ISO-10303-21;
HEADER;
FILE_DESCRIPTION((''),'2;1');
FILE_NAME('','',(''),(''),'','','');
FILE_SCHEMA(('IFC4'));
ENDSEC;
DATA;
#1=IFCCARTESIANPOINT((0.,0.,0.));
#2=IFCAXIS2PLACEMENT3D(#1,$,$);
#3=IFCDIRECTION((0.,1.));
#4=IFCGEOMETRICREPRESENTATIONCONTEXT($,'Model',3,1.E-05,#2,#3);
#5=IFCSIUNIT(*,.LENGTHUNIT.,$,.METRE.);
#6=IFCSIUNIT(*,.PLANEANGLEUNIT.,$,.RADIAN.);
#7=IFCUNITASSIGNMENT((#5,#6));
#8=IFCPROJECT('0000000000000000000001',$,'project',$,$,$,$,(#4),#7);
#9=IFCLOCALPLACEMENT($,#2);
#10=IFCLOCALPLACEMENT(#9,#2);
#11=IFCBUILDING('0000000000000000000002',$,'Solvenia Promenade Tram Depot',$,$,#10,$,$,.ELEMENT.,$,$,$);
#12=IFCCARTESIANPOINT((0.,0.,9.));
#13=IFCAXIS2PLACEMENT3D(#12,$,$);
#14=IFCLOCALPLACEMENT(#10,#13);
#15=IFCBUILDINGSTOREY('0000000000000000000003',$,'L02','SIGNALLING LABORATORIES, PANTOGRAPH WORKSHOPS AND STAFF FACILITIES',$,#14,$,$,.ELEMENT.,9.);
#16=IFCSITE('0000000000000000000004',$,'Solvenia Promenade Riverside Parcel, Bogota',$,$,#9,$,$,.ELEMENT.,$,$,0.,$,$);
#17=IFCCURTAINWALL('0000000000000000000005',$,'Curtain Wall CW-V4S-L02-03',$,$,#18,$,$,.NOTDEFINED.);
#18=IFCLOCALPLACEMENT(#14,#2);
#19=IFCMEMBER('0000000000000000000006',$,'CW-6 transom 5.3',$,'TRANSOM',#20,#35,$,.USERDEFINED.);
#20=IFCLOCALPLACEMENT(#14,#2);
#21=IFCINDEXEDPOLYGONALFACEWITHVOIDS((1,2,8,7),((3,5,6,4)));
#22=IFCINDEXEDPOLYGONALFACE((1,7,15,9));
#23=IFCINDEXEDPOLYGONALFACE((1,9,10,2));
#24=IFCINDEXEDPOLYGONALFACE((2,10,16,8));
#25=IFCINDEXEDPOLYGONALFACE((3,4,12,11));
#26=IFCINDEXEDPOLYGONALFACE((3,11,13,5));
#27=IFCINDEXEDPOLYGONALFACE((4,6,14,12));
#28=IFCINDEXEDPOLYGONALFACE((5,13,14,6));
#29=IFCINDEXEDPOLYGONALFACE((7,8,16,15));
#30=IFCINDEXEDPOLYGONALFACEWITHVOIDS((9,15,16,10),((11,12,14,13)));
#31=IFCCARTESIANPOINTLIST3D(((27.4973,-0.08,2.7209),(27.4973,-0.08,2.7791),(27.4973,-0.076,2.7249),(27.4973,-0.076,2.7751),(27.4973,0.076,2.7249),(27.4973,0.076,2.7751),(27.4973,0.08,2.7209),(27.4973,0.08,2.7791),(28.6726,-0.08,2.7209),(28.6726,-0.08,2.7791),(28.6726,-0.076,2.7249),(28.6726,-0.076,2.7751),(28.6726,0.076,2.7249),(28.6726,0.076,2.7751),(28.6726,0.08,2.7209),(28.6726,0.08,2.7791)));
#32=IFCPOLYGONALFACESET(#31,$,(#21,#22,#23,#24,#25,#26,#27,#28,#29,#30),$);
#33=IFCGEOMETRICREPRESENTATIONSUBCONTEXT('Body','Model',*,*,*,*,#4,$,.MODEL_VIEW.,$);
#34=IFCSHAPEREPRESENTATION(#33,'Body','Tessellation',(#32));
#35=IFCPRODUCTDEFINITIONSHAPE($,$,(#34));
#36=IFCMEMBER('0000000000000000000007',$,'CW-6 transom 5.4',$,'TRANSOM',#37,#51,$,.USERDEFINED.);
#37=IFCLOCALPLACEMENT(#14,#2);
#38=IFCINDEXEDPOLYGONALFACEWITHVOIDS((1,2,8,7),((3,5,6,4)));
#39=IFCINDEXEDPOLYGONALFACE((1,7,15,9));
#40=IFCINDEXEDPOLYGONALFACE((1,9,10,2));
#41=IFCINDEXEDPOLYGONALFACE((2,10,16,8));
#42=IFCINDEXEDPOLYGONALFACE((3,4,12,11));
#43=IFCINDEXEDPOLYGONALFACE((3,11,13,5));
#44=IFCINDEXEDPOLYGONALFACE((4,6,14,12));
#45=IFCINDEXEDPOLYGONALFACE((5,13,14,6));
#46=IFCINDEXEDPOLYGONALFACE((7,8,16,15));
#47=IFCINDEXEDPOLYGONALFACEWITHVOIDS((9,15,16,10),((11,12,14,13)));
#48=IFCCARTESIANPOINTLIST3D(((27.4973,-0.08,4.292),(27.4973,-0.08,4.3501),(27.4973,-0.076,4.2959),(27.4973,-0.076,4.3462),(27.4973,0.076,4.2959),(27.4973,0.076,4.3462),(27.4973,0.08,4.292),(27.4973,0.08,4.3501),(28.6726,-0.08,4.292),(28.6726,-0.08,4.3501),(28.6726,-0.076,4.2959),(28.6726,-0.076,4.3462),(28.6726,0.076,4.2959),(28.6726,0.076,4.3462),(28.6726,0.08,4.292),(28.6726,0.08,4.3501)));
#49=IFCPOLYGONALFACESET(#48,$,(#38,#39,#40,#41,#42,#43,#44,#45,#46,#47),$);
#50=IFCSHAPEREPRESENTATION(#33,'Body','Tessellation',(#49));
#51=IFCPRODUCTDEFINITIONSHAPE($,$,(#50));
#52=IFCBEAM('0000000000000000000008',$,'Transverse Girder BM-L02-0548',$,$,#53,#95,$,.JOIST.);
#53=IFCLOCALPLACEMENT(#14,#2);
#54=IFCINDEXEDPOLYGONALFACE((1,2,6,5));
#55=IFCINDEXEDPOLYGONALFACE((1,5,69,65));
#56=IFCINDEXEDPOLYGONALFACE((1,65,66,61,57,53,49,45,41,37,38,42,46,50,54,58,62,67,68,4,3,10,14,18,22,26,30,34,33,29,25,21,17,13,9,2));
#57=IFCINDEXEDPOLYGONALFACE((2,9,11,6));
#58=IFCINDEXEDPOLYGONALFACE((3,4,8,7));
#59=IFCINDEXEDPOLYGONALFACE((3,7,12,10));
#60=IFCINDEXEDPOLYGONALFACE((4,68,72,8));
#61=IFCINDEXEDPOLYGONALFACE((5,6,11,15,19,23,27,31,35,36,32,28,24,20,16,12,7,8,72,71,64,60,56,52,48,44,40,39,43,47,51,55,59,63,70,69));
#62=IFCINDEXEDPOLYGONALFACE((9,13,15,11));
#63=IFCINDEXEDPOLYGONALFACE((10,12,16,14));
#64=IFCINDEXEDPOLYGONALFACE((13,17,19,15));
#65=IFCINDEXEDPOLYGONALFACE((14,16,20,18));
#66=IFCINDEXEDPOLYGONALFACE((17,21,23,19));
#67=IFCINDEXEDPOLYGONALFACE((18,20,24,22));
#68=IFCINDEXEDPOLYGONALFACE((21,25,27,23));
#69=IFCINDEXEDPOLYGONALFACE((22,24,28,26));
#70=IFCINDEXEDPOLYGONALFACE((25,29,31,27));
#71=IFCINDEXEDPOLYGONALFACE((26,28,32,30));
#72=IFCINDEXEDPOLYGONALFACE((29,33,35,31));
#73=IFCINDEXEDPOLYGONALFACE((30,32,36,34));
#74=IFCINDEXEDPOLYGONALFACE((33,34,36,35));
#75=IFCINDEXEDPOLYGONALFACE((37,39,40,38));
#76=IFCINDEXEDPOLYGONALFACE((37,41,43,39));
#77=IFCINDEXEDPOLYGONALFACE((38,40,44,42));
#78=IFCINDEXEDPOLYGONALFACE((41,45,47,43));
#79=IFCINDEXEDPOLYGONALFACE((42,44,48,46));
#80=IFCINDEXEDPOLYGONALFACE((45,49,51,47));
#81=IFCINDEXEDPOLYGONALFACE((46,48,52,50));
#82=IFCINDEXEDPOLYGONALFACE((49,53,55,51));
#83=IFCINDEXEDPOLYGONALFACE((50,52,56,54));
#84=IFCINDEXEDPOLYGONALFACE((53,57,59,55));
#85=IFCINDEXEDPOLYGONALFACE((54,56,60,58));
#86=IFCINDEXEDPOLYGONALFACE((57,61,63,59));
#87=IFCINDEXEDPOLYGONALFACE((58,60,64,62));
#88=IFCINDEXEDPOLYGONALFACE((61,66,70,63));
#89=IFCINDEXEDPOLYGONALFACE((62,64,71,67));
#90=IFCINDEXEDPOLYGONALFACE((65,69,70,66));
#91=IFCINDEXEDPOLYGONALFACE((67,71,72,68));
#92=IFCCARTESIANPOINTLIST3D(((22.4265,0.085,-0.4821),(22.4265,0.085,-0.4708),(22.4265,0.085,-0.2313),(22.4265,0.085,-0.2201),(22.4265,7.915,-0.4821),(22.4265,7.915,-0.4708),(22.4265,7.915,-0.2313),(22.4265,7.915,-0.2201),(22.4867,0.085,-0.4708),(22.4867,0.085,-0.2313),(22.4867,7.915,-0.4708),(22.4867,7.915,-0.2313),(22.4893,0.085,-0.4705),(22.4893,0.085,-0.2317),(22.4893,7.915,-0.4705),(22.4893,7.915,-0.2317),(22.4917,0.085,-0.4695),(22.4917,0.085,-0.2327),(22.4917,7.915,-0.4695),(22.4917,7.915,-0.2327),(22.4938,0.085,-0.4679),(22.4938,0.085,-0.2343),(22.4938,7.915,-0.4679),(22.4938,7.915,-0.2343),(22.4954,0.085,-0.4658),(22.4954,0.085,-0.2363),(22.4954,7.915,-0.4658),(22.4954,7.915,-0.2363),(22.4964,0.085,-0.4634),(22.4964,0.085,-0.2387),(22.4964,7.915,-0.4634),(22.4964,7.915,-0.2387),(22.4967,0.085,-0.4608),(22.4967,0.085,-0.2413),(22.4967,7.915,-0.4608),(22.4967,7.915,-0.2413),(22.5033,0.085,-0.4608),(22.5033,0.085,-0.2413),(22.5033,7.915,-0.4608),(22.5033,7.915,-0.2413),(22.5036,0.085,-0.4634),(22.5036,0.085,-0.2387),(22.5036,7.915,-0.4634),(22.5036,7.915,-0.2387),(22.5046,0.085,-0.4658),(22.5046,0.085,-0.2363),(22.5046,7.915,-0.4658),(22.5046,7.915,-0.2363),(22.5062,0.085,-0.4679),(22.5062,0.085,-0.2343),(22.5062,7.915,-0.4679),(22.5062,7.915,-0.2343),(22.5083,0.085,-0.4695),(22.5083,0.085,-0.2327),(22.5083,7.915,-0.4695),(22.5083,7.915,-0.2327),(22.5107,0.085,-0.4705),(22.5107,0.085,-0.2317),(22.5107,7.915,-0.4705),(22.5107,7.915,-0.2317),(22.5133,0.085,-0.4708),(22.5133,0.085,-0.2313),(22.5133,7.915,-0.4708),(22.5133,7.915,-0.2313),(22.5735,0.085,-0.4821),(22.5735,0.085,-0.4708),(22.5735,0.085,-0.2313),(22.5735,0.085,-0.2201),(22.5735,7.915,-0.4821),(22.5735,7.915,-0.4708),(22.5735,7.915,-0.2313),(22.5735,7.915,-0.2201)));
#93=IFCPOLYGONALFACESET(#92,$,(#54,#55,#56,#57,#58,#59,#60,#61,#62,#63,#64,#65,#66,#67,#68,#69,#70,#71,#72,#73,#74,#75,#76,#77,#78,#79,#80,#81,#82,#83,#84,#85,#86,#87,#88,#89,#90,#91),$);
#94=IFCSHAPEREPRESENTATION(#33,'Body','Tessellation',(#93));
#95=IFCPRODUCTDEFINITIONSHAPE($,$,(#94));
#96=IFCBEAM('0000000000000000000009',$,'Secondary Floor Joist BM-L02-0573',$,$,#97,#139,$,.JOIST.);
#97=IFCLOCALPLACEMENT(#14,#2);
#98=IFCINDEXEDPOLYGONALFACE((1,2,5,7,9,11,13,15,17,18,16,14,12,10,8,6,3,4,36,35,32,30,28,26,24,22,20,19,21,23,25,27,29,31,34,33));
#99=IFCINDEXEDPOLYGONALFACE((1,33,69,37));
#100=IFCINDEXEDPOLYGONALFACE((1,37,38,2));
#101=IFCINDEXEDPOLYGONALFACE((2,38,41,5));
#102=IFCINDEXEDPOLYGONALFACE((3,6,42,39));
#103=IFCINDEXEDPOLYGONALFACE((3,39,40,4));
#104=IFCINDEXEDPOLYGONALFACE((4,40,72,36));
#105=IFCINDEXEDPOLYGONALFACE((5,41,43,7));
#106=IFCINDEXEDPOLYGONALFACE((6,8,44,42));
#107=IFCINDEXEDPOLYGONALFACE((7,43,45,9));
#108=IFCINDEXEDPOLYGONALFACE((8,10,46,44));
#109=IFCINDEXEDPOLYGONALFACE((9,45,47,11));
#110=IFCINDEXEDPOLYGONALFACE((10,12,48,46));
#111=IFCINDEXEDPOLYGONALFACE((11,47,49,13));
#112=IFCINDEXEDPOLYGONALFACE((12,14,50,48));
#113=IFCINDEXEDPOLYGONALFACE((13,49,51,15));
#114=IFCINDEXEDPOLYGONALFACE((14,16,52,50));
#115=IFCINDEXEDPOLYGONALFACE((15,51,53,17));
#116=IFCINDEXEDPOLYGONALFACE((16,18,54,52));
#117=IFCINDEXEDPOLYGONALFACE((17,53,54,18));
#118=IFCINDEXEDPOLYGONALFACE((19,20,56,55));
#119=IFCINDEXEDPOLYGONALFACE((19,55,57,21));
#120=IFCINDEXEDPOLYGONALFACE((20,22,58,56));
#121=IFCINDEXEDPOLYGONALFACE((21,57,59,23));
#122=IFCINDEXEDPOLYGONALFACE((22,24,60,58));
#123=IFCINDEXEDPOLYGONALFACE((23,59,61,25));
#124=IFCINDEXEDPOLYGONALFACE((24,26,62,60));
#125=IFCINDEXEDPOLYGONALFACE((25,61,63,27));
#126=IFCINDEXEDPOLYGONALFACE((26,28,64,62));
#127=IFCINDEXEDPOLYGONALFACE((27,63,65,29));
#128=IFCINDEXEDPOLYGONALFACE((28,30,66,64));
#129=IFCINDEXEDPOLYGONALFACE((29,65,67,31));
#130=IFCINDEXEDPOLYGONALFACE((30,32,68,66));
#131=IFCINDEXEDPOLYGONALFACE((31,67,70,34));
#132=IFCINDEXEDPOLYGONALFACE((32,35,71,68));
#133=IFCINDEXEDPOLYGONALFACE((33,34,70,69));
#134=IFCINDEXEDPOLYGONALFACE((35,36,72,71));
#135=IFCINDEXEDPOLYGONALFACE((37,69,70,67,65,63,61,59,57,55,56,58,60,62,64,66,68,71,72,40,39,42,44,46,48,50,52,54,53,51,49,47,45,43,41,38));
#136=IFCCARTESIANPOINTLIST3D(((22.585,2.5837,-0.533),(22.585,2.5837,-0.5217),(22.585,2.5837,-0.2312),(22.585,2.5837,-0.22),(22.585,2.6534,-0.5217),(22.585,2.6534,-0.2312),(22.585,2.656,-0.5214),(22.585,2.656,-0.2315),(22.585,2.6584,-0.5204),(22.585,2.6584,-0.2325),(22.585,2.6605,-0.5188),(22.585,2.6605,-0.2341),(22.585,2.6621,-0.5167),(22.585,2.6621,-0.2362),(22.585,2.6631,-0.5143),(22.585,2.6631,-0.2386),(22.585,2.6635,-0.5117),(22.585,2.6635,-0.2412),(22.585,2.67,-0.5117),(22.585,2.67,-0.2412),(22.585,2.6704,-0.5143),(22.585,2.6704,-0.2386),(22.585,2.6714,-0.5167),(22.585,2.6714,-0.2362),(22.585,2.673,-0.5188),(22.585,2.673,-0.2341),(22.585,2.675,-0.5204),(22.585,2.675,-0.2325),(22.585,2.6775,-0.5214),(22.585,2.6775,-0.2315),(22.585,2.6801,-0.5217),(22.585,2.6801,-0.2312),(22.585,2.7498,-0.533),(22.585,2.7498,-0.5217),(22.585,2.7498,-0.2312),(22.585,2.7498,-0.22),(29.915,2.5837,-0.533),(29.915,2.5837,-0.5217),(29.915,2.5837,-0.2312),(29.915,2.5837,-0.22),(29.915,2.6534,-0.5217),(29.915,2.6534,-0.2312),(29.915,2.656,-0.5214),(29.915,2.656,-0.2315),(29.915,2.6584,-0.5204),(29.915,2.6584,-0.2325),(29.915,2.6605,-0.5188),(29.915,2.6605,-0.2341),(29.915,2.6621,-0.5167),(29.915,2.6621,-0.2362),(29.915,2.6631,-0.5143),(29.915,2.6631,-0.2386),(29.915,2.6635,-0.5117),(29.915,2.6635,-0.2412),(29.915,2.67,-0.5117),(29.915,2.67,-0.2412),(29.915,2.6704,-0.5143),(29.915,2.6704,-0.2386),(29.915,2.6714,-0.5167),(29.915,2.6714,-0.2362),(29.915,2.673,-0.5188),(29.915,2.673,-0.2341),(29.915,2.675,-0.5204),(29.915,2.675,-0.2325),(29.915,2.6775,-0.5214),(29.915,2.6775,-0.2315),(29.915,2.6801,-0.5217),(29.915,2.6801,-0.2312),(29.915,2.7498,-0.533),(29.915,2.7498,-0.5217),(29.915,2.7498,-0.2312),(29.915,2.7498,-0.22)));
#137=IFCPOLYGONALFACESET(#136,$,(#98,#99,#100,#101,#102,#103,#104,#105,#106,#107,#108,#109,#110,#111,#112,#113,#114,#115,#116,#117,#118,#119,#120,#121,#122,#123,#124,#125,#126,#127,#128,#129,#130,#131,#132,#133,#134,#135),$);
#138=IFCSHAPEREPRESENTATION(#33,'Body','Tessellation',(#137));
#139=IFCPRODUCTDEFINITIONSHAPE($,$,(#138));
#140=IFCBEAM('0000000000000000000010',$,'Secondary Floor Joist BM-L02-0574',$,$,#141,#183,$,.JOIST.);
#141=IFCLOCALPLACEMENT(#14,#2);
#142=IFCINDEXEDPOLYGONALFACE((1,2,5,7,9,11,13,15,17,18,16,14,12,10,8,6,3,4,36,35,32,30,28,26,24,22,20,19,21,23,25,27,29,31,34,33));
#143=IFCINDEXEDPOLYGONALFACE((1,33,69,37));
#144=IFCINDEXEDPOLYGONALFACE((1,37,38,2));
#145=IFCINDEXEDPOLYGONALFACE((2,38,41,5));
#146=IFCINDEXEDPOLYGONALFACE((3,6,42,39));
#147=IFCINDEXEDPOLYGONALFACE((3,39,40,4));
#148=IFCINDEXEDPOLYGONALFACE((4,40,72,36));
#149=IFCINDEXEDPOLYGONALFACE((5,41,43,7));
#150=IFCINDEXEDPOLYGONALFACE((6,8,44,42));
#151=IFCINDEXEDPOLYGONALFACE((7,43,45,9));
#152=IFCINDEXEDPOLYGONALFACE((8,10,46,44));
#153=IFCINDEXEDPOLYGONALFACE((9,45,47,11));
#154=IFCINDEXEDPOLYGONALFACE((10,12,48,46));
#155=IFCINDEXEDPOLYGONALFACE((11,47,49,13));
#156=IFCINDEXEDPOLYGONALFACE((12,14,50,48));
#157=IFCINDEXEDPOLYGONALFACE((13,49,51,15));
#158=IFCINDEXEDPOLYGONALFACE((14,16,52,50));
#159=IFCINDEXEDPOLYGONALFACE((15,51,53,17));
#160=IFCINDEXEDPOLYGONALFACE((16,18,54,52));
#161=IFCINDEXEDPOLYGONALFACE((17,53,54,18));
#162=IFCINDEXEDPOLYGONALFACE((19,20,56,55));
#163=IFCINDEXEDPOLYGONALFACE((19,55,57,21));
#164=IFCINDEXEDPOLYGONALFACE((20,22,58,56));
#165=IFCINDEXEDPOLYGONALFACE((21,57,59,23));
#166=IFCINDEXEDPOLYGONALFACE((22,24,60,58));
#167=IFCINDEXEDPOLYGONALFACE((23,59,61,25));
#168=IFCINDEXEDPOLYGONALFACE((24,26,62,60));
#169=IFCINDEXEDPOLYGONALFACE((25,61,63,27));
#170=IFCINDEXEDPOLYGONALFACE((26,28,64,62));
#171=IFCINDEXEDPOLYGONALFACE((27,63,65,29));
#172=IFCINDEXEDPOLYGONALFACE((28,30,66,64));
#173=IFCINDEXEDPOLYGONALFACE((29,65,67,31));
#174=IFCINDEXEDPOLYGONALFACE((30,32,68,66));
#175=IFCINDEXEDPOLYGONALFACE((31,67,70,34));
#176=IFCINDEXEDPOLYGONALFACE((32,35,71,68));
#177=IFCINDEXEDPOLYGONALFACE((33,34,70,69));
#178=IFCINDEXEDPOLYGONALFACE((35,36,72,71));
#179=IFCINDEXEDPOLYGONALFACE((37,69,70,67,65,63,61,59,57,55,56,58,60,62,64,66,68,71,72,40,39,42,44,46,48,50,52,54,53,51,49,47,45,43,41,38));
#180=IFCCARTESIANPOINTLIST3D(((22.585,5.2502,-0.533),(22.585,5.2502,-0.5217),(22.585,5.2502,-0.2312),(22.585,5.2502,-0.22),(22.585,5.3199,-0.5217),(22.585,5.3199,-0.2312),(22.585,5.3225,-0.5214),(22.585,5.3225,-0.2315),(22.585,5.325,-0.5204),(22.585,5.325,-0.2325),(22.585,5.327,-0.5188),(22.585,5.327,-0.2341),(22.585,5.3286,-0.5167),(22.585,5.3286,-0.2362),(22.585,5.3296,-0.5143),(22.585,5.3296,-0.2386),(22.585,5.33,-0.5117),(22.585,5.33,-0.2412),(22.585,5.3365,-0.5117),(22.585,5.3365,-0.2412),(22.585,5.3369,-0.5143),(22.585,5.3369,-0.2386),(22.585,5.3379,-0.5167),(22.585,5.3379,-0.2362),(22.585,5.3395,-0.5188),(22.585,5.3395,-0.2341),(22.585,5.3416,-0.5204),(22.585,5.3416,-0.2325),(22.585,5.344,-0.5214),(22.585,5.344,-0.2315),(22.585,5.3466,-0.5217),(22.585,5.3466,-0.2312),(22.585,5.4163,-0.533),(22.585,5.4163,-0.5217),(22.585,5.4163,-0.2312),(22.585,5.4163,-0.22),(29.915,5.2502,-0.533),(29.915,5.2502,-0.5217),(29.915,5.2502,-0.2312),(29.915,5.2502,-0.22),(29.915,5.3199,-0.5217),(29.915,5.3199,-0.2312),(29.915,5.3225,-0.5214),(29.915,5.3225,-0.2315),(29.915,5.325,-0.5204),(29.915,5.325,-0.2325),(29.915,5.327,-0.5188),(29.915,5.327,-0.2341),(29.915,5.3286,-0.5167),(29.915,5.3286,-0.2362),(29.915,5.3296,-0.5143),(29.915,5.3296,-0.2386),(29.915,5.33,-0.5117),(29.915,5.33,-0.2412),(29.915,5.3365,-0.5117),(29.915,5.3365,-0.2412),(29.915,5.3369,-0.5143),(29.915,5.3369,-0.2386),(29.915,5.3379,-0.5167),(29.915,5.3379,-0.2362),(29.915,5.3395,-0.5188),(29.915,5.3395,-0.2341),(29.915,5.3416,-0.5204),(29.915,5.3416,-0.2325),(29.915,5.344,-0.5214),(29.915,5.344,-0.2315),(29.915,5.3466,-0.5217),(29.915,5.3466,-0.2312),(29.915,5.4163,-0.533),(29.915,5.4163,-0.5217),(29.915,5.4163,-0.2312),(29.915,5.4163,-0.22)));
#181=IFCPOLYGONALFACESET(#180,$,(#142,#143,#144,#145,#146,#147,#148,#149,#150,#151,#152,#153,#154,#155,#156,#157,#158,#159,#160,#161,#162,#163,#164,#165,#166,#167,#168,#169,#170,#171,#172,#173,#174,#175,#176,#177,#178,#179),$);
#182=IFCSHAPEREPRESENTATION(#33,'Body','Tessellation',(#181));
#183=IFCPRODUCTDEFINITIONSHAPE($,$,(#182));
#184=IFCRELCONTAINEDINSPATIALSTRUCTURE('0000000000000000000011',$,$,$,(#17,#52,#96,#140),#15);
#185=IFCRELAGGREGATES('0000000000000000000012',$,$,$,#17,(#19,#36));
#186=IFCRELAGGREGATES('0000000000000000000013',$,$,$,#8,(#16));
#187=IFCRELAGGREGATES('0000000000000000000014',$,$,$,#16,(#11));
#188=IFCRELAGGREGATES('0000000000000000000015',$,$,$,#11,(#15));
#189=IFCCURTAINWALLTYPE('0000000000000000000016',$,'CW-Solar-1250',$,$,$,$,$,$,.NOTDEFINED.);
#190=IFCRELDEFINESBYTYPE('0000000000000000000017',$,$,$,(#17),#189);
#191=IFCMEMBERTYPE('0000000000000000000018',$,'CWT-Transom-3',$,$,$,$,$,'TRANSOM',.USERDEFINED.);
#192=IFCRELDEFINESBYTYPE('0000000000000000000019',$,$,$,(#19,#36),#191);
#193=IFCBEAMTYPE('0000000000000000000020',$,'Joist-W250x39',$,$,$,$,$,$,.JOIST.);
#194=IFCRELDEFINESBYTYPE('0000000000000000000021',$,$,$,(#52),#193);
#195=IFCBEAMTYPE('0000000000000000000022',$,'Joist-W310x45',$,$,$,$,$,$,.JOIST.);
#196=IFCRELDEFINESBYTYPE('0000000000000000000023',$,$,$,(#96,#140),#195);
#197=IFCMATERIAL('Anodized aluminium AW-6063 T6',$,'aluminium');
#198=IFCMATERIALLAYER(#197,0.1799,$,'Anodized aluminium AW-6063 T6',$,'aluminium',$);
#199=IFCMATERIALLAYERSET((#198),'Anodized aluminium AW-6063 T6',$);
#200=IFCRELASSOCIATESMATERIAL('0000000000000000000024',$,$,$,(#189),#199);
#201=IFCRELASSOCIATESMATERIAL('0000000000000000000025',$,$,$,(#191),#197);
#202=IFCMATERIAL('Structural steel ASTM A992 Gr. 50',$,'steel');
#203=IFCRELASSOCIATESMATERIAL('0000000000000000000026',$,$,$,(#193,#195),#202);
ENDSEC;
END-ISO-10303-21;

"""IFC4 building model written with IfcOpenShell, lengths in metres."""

from ifc_helpers import new_model, si_unit, direction, frame, origin, origin_2d, place, context, subcontext, project, spatial, hollow_rectangle, i_section, extrude, material, layer, layer_set, material_profile, profile_set, type_object, element, aggregate, save


model = new_model("IFC4")

# Units and contexts
model_context = context("Model", 3, precision=1e-05, world=origin(), true_north=direction((0.0, 1.0)))
body_context = subcontext(model_context, "Body", "Model", "MODEL_VIEW")
ifc_project = project(units=[si_unit("LENGTHUNIT", "METRE"), si_unit("PLANEANGLEUNIT", "RADIAN")], contexts=[model_context])

# Site, building, storey
site_placement = place(None, origin())
site = spatial("IfcSite", under=ifc_project, at=site_placement, Name="Solvenia Promenade Riverside Parcel, Bogota", CompositionType="ELEMENT", RefElevation=0.0)
building_placement = place(site_placement, origin())
building = spatial("IfcBuilding", under=site, at=building_placement, Name="Solvenia Promenade Tram Depot", CompositionType="ELEMENT")
storey_placement = place(building_placement, frame((0.0, 0.0, 9.0)))
storey = spatial("IfcBuildingStorey", under=building, at=storey_placement, Name="L02", Description="SIGNALLING LABORATORIES, PANTOGRAPH WORKSHOPS AND STAFF FACILITIES", CompositionType="ELEMENT", Elevation=9.0)

# Shared definitions
ifc_material_1 = material(Name="Structural steel ASTM A992 Gr. 50", Category="steel")

# Curtain wall, members
ifc_material_2 = material(Name="Anodized aluminium AW-6063 T6", Category="aluminium")
ifc_layer_1 = layer(ifc_material_2, 0.1799, Name="Anodized aluminium AW-6063 T6", Category="aluminium")
ifc_layer_set_1 = layer_set([ifc_layer_1], Name="Anodized aluminium AW-6063 T6")
curtain_wall_type = type_object("IfcCurtainWallType", Name="CW-Solar-1250", PredefinedType="NOTDEFINED", material=ifc_layer_set_1)
curtain_wall_placement = place(storey_placement, origin())
curtain_wall = element("IfcCurtainWall", 1, at=curtain_wall_placement, inside=storey, type_object=curtain_wall_type, Name="Curtain Wall CW-V4S-L02-03", PredefinedType="NOTDEFINED")
ifc_material_profile_1 = material_profile(ifc_material_2, hollow_rectangle(XDim=0.1599, YDim=0.0581, WallThickness=0.0039, at=origin_2d()), Name="ALU-T3", Category="aluminium")
ifc_profile_set_1 = profile_set([ifc_material_profile_1], Name="Anodized aluminium AW-6063 T6")
member_type_1 = type_object("IfcMemberType", Name="CWT-Transom-3", ElementType="TRANSOM", PredefinedType="USERDEFINED", material=ifc_profile_set_1)
member_1_placement = place(storey_placement, frame((27.4973, 0.0, 2.75), z_axis=(1.0, 0.0, 0.0), x_axis=(0.0, 1.0, 0.0)))
member_1 = element("IfcMember", 2, at=member_1_placement, type_object=member_type_1, Name="CW-6 transom 5.3", ObjectType="TRANSOM", PredefinedType="USERDEFINED", context=body_context, shape_type="SweptSolid", body=[
    extrude(hollow_rectangle(XDim=0.1599, YDim=0.0581, WallThickness=0.0039, at=origin_2d()), origin(), (0.0, 0.0, 1.0), 1.1753),
])
member_2_placement = place(storey_placement, frame((27.4973, 0.0, 4.321), z_axis=(1.0, 0.0, 0.0), x_axis=(0.0, 1.0, 0.0)))
member_2 = element("IfcMember", 3, at=member_2_placement, type_object=member_type_1, Name="CW-6 transom 5.4", ObjectType="TRANSOM", PredefinedType="USERDEFINED", context=body_context, shape_type="SweptSolid", body=[
    extrude(hollow_rectangle(XDim=0.1599, YDim=0.0581, WallThickness=0.0039, at=origin_2d()), origin(), (0.0, 0.0, 1.0), 1.1753),
])

# Beams
ifc_material_profile_2 = material_profile(ifc_material_1, i_section(OverallWidth=0.147, OverallDepth=0.262, WebThickness=0.0066, FlangeThickness=0.0112, FilletRadius=0.01, at=origin_2d()), Name="W250x39", Category="steel")
ifc_profile_set_2 = profile_set([ifc_material_profile_2], Name="Structural steel ASTM A992 Gr. 50")
beam_type_1 = type_object("IfcBeamType", Name="Joist-W250x39", PredefinedType="JOIST", material=ifc_profile_set_2)
beam_1_placement = place(storey_placement, frame((22.5, 0.085, -0.3511), z_axis=(0.0, 1.0, 0.0), x_axis=(-1.0, 0.0, 0.0)))
element("IfcBeam", 4, at=beam_1_placement, inside=storey, type_object=beam_type_1, Name="Transverse Girder BM-L02-0548", PredefinedType="JOIST", context=body_context, shape_type="SweptSolid", body=[
    extrude(i_section(OverallWidth=0.147, OverallDepth=0.262, WebThickness=0.0066, FlangeThickness=0.0112, FilletRadius=0.01, at=origin_2d()), origin(), (0.0, 0.0, 1.0), 7.8301),
])
ifc_material_profile_3 = material_profile(ifc_material_1, i_section(OverallWidth=0.166, OverallDepth=0.313, WebThickness=0.0066, FlangeThickness=0.0112, FilletRadius=0.01, at=origin_2d()), Name="W310x45", Category="steel")
ifc_profile_set_3 = profile_set([ifc_material_profile_3], Name="Structural steel ASTM A992 Gr. 50")
beam_type_2 = type_object("IfcBeamType", Name="Joist-W310x45", PredefinedType="JOIST", material=ifc_profile_set_3)
for number, where, z_axis, x_axis, name in (
    (5, (22.585, 2.6667, -0.3765), (1.0, 0.0, 0.0), (0.0, 1.0, 0.0), "Secondary Floor Joist BM-L02-0573"),
    (6, (22.585, 5.3333, -0.3765), (1.0, 0.0, 0.0), (0.0, 1.0, 0.0), "Secondary Floor Joist BM-L02-0574"),
):
    element("IfcBeam", number, at=place(storey_placement, frame(where, z_axis=z_axis, x_axis=x_axis)), inside=storey, type_object=beam_type_2, Name=name, PredefinedType="JOIST", context=body_context, shape_type="SweptSolid", body=[
        extrude(i_section(OverallWidth=0.166, OverallDepth=0.313, WebThickness=0.0066, FlangeThickness=0.0112, FilletRadius=0.01, at=origin_2d()), origin(), (0.0, 0.0, 1.0), 7.3301),
    ])

aggregate(curtain_wall, [member_1, member_2])

save(model, "model.ifc")
